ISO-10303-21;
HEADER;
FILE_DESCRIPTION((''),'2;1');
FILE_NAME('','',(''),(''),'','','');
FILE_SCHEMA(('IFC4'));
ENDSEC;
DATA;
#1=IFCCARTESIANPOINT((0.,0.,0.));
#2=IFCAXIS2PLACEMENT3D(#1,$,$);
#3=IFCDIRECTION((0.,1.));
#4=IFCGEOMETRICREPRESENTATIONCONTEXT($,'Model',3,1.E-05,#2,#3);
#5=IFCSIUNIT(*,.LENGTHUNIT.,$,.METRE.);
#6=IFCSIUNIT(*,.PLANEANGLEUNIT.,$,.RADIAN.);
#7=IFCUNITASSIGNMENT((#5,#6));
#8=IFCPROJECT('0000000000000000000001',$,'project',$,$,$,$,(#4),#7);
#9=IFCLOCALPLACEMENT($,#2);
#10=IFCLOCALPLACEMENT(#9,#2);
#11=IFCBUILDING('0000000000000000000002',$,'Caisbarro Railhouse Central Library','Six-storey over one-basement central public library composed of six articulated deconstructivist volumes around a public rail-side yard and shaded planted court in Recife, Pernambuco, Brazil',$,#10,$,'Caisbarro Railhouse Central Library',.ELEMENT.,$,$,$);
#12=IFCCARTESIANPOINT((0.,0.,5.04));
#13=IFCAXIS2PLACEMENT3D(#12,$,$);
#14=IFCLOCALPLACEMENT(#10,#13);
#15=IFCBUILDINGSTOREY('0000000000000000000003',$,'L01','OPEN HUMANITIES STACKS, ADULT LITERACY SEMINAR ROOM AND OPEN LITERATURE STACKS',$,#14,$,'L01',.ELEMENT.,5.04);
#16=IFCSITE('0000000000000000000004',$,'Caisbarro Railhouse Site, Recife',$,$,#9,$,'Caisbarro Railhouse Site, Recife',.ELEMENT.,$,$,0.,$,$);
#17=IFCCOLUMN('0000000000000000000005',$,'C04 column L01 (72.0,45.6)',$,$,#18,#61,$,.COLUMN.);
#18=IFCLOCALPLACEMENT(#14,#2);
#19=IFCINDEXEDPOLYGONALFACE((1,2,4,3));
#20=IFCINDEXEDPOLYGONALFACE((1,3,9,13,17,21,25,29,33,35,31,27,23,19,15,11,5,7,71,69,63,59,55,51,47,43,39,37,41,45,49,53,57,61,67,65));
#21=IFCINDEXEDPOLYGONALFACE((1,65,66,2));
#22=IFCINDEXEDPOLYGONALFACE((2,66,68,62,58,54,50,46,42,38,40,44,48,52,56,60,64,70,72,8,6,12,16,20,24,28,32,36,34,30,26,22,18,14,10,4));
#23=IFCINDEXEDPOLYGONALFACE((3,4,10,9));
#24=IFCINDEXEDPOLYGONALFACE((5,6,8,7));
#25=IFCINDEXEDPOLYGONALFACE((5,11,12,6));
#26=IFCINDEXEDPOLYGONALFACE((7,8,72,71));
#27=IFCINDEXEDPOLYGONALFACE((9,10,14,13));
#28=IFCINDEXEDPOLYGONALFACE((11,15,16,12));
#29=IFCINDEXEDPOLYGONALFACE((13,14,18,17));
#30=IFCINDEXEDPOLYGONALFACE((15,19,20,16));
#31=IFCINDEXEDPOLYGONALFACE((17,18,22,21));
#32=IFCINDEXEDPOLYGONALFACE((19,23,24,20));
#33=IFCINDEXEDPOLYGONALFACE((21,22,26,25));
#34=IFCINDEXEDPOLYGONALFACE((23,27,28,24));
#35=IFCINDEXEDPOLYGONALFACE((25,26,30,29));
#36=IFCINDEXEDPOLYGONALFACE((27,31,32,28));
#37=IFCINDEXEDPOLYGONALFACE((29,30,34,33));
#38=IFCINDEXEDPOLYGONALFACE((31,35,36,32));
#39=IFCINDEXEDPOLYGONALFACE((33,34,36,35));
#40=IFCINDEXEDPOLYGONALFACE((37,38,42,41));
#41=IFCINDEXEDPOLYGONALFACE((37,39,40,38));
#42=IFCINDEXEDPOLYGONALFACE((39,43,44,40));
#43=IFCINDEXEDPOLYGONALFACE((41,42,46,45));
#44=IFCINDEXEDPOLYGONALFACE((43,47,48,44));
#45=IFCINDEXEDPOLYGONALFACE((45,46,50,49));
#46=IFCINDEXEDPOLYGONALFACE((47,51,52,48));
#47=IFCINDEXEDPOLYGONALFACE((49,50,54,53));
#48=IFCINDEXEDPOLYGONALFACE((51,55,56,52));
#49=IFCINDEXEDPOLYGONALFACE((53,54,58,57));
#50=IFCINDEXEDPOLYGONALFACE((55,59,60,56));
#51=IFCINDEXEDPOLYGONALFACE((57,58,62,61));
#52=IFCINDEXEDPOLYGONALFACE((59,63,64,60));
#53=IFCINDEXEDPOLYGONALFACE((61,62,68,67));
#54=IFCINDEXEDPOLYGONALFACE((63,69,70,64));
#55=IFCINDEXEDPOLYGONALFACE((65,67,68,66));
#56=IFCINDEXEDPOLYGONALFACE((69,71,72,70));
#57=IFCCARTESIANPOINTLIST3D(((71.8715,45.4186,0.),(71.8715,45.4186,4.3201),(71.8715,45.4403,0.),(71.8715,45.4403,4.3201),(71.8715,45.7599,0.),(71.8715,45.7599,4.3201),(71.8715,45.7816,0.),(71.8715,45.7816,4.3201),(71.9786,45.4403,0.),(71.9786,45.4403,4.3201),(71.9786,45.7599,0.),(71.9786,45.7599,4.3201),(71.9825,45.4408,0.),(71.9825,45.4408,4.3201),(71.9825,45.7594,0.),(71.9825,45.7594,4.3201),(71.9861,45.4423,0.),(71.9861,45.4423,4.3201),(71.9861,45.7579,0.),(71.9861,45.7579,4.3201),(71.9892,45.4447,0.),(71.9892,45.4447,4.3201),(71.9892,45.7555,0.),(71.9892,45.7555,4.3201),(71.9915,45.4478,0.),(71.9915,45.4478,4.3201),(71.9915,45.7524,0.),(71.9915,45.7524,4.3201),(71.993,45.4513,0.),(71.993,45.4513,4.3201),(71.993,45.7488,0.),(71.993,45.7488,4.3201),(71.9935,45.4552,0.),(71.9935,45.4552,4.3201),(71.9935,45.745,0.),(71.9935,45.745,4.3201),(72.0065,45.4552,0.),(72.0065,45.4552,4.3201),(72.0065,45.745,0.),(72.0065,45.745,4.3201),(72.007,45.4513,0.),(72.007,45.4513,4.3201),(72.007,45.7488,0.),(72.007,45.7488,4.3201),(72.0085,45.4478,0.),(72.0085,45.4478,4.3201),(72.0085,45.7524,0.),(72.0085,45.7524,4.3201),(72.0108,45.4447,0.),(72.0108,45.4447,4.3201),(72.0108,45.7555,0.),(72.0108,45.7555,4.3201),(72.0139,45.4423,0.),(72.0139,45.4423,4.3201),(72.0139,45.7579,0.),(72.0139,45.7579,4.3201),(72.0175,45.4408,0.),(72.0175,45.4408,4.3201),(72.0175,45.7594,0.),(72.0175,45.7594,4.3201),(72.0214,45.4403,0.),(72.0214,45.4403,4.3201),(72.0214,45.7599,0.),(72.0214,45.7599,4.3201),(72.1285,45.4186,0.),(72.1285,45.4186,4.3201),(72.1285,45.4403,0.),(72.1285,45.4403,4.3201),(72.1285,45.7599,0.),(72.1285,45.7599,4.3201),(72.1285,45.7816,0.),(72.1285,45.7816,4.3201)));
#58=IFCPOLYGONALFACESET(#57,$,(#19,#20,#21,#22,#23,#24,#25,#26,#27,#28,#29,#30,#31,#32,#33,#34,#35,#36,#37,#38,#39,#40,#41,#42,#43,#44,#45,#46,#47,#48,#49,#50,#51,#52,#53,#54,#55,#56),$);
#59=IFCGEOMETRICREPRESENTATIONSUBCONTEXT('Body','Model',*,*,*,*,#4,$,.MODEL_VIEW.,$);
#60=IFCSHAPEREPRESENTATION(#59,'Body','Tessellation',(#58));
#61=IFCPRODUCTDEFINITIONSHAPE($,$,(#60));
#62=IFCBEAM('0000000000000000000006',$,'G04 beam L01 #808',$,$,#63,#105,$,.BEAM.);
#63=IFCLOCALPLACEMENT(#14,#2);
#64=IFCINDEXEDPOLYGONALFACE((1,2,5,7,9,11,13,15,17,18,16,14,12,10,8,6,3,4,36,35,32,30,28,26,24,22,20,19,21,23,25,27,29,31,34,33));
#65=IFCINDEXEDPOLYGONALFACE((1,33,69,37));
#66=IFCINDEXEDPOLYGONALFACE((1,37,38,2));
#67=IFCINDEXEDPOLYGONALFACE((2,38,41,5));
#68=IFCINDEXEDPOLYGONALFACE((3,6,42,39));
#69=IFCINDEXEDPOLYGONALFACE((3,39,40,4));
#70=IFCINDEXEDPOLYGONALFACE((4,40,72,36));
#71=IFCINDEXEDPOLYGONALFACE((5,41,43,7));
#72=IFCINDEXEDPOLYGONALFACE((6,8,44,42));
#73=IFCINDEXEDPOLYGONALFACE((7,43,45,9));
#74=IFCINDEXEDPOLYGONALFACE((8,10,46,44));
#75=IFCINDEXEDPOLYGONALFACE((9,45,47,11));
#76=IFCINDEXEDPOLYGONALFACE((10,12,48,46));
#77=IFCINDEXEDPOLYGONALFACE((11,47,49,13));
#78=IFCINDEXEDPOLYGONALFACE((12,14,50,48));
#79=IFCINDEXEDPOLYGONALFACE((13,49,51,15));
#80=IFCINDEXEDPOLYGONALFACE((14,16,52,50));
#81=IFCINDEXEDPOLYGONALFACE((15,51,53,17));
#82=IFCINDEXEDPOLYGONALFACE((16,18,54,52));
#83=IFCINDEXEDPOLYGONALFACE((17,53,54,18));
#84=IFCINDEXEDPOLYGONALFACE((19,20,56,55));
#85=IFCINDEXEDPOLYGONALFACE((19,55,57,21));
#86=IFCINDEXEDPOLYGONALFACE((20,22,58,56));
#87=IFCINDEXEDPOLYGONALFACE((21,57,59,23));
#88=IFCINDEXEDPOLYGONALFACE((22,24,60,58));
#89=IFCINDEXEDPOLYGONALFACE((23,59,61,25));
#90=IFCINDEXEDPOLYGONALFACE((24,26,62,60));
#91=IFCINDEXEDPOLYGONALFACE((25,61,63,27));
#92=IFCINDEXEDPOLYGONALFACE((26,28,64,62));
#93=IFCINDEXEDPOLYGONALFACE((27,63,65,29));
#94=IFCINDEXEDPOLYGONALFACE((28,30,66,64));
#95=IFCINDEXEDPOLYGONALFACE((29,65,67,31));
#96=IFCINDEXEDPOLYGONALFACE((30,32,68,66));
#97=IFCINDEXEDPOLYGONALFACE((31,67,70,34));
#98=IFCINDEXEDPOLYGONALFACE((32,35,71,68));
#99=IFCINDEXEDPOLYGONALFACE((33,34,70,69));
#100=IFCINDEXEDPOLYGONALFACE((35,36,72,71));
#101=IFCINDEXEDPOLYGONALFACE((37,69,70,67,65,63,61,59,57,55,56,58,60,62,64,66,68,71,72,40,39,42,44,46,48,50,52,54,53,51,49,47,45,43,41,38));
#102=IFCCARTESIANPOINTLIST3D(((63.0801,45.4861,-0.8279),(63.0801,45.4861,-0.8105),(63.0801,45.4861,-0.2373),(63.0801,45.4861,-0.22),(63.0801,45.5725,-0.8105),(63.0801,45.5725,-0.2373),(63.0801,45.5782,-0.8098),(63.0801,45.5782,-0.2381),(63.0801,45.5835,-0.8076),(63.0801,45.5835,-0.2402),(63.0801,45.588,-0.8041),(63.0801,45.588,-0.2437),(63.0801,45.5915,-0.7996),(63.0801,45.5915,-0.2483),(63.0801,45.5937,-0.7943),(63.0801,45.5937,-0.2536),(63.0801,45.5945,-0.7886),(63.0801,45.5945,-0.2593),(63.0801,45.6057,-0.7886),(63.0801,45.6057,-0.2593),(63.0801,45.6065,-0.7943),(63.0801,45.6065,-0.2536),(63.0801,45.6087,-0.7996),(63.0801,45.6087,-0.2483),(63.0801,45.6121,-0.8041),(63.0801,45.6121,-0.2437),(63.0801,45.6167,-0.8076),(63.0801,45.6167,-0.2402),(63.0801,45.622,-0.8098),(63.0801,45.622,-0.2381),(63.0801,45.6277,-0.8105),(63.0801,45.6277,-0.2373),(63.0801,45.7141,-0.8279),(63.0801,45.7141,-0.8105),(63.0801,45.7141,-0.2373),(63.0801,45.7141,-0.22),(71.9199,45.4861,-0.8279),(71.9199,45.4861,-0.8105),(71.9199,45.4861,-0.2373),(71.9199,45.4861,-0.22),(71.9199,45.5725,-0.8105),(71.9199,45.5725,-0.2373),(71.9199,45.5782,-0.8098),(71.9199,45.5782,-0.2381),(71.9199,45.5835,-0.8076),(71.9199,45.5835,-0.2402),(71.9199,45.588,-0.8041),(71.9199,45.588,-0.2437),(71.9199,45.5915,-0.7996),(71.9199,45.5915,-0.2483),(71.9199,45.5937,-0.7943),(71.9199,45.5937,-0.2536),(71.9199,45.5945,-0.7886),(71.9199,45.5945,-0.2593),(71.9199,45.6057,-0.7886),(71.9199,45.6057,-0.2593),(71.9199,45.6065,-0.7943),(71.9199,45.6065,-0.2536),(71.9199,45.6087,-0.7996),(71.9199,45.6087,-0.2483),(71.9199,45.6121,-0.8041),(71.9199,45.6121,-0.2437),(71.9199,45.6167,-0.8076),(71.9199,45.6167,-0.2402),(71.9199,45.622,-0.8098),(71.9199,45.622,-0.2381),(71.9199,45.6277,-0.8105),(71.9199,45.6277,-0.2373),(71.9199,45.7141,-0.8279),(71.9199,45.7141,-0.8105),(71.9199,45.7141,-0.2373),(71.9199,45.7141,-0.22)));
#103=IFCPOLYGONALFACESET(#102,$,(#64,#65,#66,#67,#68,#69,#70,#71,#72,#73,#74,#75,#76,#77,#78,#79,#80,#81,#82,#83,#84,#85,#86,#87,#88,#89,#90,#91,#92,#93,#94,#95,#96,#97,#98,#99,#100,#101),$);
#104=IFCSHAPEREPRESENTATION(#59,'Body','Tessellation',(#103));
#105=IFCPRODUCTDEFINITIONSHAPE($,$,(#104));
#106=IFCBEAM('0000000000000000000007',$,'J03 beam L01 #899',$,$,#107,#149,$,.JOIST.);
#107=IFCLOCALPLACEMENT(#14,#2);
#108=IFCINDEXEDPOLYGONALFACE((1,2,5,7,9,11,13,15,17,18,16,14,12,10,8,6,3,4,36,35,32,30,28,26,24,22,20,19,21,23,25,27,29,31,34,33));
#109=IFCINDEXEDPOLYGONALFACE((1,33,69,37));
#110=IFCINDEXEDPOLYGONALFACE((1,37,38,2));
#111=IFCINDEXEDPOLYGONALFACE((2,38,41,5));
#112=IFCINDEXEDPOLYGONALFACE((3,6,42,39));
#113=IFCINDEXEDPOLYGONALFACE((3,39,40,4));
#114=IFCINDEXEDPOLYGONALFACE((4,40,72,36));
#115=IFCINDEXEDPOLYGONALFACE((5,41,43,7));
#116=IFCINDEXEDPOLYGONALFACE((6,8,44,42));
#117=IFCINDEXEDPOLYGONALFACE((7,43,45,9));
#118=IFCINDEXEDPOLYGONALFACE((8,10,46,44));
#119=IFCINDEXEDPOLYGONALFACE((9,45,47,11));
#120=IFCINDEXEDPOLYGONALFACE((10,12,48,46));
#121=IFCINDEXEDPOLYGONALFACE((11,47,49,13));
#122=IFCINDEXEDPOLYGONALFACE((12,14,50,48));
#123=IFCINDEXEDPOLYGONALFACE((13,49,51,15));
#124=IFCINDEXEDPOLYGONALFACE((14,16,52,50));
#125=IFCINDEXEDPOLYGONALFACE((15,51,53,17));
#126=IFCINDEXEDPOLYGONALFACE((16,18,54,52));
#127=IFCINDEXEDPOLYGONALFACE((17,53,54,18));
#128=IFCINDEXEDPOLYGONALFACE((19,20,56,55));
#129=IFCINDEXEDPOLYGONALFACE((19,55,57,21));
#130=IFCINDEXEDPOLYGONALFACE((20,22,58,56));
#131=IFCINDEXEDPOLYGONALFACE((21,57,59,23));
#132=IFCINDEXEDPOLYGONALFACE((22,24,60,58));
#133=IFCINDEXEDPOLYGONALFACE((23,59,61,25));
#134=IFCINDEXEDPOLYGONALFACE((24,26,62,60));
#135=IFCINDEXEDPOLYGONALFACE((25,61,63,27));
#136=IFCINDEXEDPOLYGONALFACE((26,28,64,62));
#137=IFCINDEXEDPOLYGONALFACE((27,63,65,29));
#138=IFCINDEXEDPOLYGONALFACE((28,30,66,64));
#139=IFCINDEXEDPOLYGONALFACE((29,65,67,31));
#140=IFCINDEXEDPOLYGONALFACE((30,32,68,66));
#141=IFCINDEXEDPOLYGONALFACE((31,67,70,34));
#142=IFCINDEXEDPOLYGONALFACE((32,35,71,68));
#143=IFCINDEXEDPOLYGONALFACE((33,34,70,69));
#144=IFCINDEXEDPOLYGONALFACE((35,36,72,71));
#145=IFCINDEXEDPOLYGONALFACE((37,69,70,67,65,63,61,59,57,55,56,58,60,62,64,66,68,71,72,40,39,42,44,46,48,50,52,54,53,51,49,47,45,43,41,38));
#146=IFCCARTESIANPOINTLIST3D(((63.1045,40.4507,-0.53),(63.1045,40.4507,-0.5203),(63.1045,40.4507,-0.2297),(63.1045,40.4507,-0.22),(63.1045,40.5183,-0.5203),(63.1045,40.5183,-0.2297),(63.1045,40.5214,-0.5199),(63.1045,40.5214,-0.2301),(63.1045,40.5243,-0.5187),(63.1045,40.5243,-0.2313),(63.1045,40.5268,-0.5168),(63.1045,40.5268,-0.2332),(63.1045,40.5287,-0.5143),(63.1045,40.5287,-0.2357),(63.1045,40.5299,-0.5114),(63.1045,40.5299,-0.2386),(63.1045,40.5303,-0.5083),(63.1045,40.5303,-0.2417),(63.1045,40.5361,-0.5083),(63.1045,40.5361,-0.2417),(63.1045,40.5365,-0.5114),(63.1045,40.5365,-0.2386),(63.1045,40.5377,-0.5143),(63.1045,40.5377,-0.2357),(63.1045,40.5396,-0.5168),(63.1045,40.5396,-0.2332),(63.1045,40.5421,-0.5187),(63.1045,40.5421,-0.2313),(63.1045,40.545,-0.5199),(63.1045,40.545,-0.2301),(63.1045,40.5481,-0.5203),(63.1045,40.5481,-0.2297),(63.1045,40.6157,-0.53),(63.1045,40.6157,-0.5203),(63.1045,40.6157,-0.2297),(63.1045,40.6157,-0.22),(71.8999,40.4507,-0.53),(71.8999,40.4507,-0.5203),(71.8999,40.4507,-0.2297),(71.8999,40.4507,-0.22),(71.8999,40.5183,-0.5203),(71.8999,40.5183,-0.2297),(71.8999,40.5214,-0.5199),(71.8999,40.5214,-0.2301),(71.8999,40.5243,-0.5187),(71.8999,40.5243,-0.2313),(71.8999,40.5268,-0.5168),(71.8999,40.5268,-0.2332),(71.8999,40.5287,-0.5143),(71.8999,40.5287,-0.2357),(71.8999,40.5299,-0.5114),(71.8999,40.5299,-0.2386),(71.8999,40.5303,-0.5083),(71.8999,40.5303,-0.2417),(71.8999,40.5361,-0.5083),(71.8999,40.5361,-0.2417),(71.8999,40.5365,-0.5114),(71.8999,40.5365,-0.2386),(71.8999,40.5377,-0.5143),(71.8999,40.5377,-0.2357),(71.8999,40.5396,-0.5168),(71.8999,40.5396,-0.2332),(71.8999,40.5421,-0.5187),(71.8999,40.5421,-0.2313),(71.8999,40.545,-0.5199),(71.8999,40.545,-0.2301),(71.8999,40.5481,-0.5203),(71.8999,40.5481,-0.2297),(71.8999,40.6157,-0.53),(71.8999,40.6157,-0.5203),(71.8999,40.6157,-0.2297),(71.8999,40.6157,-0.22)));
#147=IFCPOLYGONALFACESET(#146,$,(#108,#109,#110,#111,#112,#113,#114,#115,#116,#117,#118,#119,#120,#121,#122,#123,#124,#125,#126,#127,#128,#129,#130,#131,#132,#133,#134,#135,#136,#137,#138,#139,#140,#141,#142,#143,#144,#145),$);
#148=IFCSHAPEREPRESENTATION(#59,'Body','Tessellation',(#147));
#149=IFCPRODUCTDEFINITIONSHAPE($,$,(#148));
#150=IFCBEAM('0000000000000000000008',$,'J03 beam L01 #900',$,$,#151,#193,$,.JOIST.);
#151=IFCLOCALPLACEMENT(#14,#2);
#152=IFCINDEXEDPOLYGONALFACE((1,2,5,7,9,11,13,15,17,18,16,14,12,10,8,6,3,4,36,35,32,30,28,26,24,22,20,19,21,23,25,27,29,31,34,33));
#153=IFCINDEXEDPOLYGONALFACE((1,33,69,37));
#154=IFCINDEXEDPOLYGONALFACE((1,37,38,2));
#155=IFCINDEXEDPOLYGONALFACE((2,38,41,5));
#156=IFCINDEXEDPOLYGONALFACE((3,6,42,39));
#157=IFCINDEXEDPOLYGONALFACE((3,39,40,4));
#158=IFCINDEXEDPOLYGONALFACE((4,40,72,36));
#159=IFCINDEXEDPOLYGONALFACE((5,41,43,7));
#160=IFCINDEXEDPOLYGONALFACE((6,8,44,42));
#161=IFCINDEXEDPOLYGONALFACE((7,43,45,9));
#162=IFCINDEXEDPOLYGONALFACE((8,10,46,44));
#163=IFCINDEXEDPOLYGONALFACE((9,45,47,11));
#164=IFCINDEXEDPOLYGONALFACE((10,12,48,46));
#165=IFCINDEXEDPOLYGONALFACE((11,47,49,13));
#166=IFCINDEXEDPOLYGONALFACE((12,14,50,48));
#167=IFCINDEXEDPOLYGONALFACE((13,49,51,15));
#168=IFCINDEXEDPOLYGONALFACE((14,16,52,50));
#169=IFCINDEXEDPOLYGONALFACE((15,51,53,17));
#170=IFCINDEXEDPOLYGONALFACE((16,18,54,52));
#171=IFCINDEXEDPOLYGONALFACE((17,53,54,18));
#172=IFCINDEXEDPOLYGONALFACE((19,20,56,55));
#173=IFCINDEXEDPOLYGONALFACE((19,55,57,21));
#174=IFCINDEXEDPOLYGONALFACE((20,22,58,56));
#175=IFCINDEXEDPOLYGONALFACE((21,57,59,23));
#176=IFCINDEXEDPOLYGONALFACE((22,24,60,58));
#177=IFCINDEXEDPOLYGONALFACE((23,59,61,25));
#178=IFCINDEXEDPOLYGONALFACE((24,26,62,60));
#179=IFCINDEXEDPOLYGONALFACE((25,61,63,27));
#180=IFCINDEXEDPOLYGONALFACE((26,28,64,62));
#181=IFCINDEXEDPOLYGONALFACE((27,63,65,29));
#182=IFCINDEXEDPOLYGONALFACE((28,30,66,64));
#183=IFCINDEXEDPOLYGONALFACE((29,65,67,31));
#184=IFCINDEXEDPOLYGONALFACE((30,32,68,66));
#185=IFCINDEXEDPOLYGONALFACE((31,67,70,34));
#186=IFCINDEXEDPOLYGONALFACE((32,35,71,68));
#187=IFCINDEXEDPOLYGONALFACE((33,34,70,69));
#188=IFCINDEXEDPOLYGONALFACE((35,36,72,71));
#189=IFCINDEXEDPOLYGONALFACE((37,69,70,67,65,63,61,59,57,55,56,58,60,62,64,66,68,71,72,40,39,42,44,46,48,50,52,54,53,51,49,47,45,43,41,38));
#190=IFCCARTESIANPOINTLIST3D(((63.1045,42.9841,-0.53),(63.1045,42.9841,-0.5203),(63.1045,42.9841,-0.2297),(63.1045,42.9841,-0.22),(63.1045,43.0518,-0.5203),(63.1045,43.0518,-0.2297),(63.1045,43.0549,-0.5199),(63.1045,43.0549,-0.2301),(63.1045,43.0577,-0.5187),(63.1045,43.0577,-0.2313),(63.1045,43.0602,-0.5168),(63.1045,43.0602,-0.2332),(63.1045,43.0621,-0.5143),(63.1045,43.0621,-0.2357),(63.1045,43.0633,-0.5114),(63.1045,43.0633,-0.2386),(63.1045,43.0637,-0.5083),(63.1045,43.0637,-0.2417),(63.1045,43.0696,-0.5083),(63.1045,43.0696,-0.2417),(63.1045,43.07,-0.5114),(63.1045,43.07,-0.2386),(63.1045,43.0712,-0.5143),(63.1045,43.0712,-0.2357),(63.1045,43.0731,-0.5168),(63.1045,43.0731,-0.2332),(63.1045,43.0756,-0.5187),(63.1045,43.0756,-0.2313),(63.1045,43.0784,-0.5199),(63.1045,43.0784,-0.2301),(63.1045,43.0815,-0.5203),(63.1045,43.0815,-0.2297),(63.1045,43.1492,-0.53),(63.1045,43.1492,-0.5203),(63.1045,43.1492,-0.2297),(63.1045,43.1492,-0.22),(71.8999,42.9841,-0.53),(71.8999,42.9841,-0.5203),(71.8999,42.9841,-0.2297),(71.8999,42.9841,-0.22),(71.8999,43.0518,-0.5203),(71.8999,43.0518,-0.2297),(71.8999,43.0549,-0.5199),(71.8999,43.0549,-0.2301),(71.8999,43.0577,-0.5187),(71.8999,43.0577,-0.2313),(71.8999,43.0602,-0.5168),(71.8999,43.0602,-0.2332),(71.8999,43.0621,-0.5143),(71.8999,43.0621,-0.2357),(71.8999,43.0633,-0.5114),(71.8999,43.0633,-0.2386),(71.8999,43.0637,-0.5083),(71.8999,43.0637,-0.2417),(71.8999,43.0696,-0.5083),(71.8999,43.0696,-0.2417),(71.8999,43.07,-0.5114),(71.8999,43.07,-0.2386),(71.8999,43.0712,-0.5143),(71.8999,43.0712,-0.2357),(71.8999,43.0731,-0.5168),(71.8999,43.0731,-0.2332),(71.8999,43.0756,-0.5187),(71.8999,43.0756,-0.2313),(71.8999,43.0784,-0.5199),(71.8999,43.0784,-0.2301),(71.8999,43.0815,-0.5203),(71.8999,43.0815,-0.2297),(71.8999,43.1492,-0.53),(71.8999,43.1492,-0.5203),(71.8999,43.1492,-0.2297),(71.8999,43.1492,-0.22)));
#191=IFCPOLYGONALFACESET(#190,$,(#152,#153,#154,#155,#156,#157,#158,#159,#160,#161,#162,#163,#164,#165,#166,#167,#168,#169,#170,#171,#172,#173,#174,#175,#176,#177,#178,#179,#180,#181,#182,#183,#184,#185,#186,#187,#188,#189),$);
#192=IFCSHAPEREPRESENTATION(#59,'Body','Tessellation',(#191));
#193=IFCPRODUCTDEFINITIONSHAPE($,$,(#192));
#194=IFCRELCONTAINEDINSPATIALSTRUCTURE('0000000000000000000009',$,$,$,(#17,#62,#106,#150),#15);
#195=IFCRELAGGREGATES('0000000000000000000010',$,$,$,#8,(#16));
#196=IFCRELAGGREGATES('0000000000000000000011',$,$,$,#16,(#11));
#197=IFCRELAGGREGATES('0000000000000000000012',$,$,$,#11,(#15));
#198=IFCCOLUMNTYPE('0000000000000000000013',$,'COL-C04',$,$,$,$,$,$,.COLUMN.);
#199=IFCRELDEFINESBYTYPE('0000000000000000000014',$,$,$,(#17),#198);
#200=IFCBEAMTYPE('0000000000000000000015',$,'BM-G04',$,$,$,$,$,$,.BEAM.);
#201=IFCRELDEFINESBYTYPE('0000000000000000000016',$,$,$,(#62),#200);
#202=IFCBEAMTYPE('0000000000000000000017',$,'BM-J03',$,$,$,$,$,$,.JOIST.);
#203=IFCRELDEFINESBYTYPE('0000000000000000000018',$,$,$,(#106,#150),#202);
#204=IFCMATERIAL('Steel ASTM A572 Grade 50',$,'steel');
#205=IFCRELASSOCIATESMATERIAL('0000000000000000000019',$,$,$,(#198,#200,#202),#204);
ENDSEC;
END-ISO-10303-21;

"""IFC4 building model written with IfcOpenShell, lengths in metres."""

from ifc_helpers import new_model, si_unit, direction, frame, origin, origin_2d, place, context, subcontext, project, spatial, i_section, extrude, material, material_profile, profile_set, type_object, element, save


model = new_model("IFC4")

# Units and contexts
model_context = context("Model", 3, precision=1e-05, world=origin(), true_north=direction((0.0, 1.0)))
body_context = subcontext(model_context, "Body", "Model", "MODEL_VIEW")
ifc_project = project(units=[si_unit("LENGTHUNIT", "METRE"), si_unit("PLANEANGLEUNIT", "RADIAN")], contexts=[model_context])

# Site, building, storey
site_placement = place(None, origin())
site = spatial("IfcSite", under=ifc_project, at=site_placement, Name="Caisbarro Railhouse Site, Recife", LongName="Caisbarro Railhouse Site, Recife", CompositionType="ELEMENT", RefElevation=0.0)
building_placement = place(site_placement, origin())
building = spatial("IfcBuilding", under=site, at=building_placement, Name="Caisbarro Railhouse Central Library", Description="Six-storey over one-basement central public library composed of six articulated deconstructivist volumes around a public rail-side yard and shaded planted court in Recife, Pernambuco, Brazil", LongName="Caisbarro Railhouse Central Library", CompositionType="ELEMENT")
storey_placement = place(building_placement, frame((0.0, 0.0, 5.04)))
storey = spatial("IfcBuildingStorey", under=building, at=storey_placement, Name="L01", Description="OPEN HUMANITIES STACKS, ADULT LITERACY SEMINAR ROOM AND OPEN LITERATURE STACKS", LongName="L01", CompositionType="ELEMENT", Elevation=5.04)

# Column
ifc_material_1 = material(Name="Steel ASTM A572 Grade 50", Category="steel")
ifc_material_profile_1 = material_profile(ifc_material_1, i_section(OverallWidth=0.2571, OverallDepth=0.363, WebThickness=0.0129, FlangeThickness=0.0217, FilletRadius=0.0149, at=origin_2d()), Name="W360X122.0")
ifc_profile_set_1 = profile_set([ifc_material_profile_1], Name="Steel ASTM A572 Grade 50")
column_type = type_object("IfcColumnType", Name="COL-C04", PredefinedType="COLUMN", material=ifc_profile_set_1)
column_placement = place(storey_placement, frame((72.0, 45.6001, 0.0), z_axis=(0.0, 0.0, 1.0), x_axis=(1.0, 0.0, 0.0)))
element("IfcColumn", 1, at=column_placement, inside=storey, type_object=column_type, Name="C04 column L01 (72.0,45.6)", PredefinedType="COLUMN", context=body_context, shape_type="SweptSolid", body=[
    extrude(i_section(OverallWidth=0.2571, OverallDepth=0.363, WebThickness=0.0129, FlangeThickness=0.0217, FilletRadius=0.0149, at=origin_2d()), origin(), (0.0, 0.0, 1.0), 4.3201),
])

# Beams
ifc_material_profile_2 = material_profile(ifc_material_1, i_section(OverallWidth=0.228, OverallDepth=0.6079, WebThickness=0.0112, FlangeThickness=0.0173, FilletRadius=0.022, at=origin_2d()), Name="W610X113.0")
ifc_profile_set_2 = profile_set([ifc_material_profile_2], Name="Steel ASTM A572 Grade 50")
beam_type_1 = type_object("IfcBeamType", Name="BM-G04", PredefinedType="BEAM", material=ifc_profile_set_2)
beam_placement = place(storey_placement, frame((63.0801, 45.6001, -0.5239), z_axis=(1.0, 0.0, 0.0), x_axis=(0.0, 1.0, 0.0)))
element("IfcBeam", 2, at=beam_placement, inside=storey, type_object=beam_type_1, Name="G04 beam L01 #808", PredefinedType="BEAM", context=body_context, shape_type="SweptSolid", body=[
    extrude(i_section(OverallWidth=0.228, OverallDepth=0.6079, WebThickness=0.0112, FlangeThickness=0.0173, FilletRadius=0.022, at=origin_2d()), origin(), (0.0, 0.0, 1.0), 8.8398),
])
ifc_material_profile_3 = material_profile(ifc_material_1, i_section(OverallWidth=0.165, OverallDepth=0.3101, WebThickness=0.0059, FlangeThickness=0.0098, FilletRadius=0.012, at=origin_2d()), Name="W310X38.7")
ifc_profile_set_3 = profile_set([ifc_material_profile_3], Name="Steel ASTM A572 Grade 50")
beam_type_2 = type_object("IfcBeamType", Name="BM-J03", PredefinedType="JOIST", material=ifc_profile_set_3)
for number, where, z_axis, x_axis, name in (
    (3, (63.1045, 40.5332, -0.375), (1.0, 0.0, 0.0), (0.0, 1.0, 0.0), "J03 beam L01 #899"),
    (4, (63.1045, 43.0667, -0.375), (1.0, 0.0, 0.0), (0.0, 1.0, 0.0), "J03 beam L01 #900"),
):
    element("IfcBeam", number, at=place(storey_placement, frame(where, z_axis=z_axis, x_axis=x_axis)), inside=storey, type_object=beam_type_2, Name=name, PredefinedType="JOIST", context=body_context, shape_type="SweptSolid", body=[
        extrude(i_section(OverallWidth=0.165, OverallDepth=0.3101, WebThickness=0.0059, FlangeThickness=0.0098, FilletRadius=0.012, at=origin_2d()), origin(), (0.0, 0.0, 1.0), 8.7954),
    ])

save(model, "model.ifc")
